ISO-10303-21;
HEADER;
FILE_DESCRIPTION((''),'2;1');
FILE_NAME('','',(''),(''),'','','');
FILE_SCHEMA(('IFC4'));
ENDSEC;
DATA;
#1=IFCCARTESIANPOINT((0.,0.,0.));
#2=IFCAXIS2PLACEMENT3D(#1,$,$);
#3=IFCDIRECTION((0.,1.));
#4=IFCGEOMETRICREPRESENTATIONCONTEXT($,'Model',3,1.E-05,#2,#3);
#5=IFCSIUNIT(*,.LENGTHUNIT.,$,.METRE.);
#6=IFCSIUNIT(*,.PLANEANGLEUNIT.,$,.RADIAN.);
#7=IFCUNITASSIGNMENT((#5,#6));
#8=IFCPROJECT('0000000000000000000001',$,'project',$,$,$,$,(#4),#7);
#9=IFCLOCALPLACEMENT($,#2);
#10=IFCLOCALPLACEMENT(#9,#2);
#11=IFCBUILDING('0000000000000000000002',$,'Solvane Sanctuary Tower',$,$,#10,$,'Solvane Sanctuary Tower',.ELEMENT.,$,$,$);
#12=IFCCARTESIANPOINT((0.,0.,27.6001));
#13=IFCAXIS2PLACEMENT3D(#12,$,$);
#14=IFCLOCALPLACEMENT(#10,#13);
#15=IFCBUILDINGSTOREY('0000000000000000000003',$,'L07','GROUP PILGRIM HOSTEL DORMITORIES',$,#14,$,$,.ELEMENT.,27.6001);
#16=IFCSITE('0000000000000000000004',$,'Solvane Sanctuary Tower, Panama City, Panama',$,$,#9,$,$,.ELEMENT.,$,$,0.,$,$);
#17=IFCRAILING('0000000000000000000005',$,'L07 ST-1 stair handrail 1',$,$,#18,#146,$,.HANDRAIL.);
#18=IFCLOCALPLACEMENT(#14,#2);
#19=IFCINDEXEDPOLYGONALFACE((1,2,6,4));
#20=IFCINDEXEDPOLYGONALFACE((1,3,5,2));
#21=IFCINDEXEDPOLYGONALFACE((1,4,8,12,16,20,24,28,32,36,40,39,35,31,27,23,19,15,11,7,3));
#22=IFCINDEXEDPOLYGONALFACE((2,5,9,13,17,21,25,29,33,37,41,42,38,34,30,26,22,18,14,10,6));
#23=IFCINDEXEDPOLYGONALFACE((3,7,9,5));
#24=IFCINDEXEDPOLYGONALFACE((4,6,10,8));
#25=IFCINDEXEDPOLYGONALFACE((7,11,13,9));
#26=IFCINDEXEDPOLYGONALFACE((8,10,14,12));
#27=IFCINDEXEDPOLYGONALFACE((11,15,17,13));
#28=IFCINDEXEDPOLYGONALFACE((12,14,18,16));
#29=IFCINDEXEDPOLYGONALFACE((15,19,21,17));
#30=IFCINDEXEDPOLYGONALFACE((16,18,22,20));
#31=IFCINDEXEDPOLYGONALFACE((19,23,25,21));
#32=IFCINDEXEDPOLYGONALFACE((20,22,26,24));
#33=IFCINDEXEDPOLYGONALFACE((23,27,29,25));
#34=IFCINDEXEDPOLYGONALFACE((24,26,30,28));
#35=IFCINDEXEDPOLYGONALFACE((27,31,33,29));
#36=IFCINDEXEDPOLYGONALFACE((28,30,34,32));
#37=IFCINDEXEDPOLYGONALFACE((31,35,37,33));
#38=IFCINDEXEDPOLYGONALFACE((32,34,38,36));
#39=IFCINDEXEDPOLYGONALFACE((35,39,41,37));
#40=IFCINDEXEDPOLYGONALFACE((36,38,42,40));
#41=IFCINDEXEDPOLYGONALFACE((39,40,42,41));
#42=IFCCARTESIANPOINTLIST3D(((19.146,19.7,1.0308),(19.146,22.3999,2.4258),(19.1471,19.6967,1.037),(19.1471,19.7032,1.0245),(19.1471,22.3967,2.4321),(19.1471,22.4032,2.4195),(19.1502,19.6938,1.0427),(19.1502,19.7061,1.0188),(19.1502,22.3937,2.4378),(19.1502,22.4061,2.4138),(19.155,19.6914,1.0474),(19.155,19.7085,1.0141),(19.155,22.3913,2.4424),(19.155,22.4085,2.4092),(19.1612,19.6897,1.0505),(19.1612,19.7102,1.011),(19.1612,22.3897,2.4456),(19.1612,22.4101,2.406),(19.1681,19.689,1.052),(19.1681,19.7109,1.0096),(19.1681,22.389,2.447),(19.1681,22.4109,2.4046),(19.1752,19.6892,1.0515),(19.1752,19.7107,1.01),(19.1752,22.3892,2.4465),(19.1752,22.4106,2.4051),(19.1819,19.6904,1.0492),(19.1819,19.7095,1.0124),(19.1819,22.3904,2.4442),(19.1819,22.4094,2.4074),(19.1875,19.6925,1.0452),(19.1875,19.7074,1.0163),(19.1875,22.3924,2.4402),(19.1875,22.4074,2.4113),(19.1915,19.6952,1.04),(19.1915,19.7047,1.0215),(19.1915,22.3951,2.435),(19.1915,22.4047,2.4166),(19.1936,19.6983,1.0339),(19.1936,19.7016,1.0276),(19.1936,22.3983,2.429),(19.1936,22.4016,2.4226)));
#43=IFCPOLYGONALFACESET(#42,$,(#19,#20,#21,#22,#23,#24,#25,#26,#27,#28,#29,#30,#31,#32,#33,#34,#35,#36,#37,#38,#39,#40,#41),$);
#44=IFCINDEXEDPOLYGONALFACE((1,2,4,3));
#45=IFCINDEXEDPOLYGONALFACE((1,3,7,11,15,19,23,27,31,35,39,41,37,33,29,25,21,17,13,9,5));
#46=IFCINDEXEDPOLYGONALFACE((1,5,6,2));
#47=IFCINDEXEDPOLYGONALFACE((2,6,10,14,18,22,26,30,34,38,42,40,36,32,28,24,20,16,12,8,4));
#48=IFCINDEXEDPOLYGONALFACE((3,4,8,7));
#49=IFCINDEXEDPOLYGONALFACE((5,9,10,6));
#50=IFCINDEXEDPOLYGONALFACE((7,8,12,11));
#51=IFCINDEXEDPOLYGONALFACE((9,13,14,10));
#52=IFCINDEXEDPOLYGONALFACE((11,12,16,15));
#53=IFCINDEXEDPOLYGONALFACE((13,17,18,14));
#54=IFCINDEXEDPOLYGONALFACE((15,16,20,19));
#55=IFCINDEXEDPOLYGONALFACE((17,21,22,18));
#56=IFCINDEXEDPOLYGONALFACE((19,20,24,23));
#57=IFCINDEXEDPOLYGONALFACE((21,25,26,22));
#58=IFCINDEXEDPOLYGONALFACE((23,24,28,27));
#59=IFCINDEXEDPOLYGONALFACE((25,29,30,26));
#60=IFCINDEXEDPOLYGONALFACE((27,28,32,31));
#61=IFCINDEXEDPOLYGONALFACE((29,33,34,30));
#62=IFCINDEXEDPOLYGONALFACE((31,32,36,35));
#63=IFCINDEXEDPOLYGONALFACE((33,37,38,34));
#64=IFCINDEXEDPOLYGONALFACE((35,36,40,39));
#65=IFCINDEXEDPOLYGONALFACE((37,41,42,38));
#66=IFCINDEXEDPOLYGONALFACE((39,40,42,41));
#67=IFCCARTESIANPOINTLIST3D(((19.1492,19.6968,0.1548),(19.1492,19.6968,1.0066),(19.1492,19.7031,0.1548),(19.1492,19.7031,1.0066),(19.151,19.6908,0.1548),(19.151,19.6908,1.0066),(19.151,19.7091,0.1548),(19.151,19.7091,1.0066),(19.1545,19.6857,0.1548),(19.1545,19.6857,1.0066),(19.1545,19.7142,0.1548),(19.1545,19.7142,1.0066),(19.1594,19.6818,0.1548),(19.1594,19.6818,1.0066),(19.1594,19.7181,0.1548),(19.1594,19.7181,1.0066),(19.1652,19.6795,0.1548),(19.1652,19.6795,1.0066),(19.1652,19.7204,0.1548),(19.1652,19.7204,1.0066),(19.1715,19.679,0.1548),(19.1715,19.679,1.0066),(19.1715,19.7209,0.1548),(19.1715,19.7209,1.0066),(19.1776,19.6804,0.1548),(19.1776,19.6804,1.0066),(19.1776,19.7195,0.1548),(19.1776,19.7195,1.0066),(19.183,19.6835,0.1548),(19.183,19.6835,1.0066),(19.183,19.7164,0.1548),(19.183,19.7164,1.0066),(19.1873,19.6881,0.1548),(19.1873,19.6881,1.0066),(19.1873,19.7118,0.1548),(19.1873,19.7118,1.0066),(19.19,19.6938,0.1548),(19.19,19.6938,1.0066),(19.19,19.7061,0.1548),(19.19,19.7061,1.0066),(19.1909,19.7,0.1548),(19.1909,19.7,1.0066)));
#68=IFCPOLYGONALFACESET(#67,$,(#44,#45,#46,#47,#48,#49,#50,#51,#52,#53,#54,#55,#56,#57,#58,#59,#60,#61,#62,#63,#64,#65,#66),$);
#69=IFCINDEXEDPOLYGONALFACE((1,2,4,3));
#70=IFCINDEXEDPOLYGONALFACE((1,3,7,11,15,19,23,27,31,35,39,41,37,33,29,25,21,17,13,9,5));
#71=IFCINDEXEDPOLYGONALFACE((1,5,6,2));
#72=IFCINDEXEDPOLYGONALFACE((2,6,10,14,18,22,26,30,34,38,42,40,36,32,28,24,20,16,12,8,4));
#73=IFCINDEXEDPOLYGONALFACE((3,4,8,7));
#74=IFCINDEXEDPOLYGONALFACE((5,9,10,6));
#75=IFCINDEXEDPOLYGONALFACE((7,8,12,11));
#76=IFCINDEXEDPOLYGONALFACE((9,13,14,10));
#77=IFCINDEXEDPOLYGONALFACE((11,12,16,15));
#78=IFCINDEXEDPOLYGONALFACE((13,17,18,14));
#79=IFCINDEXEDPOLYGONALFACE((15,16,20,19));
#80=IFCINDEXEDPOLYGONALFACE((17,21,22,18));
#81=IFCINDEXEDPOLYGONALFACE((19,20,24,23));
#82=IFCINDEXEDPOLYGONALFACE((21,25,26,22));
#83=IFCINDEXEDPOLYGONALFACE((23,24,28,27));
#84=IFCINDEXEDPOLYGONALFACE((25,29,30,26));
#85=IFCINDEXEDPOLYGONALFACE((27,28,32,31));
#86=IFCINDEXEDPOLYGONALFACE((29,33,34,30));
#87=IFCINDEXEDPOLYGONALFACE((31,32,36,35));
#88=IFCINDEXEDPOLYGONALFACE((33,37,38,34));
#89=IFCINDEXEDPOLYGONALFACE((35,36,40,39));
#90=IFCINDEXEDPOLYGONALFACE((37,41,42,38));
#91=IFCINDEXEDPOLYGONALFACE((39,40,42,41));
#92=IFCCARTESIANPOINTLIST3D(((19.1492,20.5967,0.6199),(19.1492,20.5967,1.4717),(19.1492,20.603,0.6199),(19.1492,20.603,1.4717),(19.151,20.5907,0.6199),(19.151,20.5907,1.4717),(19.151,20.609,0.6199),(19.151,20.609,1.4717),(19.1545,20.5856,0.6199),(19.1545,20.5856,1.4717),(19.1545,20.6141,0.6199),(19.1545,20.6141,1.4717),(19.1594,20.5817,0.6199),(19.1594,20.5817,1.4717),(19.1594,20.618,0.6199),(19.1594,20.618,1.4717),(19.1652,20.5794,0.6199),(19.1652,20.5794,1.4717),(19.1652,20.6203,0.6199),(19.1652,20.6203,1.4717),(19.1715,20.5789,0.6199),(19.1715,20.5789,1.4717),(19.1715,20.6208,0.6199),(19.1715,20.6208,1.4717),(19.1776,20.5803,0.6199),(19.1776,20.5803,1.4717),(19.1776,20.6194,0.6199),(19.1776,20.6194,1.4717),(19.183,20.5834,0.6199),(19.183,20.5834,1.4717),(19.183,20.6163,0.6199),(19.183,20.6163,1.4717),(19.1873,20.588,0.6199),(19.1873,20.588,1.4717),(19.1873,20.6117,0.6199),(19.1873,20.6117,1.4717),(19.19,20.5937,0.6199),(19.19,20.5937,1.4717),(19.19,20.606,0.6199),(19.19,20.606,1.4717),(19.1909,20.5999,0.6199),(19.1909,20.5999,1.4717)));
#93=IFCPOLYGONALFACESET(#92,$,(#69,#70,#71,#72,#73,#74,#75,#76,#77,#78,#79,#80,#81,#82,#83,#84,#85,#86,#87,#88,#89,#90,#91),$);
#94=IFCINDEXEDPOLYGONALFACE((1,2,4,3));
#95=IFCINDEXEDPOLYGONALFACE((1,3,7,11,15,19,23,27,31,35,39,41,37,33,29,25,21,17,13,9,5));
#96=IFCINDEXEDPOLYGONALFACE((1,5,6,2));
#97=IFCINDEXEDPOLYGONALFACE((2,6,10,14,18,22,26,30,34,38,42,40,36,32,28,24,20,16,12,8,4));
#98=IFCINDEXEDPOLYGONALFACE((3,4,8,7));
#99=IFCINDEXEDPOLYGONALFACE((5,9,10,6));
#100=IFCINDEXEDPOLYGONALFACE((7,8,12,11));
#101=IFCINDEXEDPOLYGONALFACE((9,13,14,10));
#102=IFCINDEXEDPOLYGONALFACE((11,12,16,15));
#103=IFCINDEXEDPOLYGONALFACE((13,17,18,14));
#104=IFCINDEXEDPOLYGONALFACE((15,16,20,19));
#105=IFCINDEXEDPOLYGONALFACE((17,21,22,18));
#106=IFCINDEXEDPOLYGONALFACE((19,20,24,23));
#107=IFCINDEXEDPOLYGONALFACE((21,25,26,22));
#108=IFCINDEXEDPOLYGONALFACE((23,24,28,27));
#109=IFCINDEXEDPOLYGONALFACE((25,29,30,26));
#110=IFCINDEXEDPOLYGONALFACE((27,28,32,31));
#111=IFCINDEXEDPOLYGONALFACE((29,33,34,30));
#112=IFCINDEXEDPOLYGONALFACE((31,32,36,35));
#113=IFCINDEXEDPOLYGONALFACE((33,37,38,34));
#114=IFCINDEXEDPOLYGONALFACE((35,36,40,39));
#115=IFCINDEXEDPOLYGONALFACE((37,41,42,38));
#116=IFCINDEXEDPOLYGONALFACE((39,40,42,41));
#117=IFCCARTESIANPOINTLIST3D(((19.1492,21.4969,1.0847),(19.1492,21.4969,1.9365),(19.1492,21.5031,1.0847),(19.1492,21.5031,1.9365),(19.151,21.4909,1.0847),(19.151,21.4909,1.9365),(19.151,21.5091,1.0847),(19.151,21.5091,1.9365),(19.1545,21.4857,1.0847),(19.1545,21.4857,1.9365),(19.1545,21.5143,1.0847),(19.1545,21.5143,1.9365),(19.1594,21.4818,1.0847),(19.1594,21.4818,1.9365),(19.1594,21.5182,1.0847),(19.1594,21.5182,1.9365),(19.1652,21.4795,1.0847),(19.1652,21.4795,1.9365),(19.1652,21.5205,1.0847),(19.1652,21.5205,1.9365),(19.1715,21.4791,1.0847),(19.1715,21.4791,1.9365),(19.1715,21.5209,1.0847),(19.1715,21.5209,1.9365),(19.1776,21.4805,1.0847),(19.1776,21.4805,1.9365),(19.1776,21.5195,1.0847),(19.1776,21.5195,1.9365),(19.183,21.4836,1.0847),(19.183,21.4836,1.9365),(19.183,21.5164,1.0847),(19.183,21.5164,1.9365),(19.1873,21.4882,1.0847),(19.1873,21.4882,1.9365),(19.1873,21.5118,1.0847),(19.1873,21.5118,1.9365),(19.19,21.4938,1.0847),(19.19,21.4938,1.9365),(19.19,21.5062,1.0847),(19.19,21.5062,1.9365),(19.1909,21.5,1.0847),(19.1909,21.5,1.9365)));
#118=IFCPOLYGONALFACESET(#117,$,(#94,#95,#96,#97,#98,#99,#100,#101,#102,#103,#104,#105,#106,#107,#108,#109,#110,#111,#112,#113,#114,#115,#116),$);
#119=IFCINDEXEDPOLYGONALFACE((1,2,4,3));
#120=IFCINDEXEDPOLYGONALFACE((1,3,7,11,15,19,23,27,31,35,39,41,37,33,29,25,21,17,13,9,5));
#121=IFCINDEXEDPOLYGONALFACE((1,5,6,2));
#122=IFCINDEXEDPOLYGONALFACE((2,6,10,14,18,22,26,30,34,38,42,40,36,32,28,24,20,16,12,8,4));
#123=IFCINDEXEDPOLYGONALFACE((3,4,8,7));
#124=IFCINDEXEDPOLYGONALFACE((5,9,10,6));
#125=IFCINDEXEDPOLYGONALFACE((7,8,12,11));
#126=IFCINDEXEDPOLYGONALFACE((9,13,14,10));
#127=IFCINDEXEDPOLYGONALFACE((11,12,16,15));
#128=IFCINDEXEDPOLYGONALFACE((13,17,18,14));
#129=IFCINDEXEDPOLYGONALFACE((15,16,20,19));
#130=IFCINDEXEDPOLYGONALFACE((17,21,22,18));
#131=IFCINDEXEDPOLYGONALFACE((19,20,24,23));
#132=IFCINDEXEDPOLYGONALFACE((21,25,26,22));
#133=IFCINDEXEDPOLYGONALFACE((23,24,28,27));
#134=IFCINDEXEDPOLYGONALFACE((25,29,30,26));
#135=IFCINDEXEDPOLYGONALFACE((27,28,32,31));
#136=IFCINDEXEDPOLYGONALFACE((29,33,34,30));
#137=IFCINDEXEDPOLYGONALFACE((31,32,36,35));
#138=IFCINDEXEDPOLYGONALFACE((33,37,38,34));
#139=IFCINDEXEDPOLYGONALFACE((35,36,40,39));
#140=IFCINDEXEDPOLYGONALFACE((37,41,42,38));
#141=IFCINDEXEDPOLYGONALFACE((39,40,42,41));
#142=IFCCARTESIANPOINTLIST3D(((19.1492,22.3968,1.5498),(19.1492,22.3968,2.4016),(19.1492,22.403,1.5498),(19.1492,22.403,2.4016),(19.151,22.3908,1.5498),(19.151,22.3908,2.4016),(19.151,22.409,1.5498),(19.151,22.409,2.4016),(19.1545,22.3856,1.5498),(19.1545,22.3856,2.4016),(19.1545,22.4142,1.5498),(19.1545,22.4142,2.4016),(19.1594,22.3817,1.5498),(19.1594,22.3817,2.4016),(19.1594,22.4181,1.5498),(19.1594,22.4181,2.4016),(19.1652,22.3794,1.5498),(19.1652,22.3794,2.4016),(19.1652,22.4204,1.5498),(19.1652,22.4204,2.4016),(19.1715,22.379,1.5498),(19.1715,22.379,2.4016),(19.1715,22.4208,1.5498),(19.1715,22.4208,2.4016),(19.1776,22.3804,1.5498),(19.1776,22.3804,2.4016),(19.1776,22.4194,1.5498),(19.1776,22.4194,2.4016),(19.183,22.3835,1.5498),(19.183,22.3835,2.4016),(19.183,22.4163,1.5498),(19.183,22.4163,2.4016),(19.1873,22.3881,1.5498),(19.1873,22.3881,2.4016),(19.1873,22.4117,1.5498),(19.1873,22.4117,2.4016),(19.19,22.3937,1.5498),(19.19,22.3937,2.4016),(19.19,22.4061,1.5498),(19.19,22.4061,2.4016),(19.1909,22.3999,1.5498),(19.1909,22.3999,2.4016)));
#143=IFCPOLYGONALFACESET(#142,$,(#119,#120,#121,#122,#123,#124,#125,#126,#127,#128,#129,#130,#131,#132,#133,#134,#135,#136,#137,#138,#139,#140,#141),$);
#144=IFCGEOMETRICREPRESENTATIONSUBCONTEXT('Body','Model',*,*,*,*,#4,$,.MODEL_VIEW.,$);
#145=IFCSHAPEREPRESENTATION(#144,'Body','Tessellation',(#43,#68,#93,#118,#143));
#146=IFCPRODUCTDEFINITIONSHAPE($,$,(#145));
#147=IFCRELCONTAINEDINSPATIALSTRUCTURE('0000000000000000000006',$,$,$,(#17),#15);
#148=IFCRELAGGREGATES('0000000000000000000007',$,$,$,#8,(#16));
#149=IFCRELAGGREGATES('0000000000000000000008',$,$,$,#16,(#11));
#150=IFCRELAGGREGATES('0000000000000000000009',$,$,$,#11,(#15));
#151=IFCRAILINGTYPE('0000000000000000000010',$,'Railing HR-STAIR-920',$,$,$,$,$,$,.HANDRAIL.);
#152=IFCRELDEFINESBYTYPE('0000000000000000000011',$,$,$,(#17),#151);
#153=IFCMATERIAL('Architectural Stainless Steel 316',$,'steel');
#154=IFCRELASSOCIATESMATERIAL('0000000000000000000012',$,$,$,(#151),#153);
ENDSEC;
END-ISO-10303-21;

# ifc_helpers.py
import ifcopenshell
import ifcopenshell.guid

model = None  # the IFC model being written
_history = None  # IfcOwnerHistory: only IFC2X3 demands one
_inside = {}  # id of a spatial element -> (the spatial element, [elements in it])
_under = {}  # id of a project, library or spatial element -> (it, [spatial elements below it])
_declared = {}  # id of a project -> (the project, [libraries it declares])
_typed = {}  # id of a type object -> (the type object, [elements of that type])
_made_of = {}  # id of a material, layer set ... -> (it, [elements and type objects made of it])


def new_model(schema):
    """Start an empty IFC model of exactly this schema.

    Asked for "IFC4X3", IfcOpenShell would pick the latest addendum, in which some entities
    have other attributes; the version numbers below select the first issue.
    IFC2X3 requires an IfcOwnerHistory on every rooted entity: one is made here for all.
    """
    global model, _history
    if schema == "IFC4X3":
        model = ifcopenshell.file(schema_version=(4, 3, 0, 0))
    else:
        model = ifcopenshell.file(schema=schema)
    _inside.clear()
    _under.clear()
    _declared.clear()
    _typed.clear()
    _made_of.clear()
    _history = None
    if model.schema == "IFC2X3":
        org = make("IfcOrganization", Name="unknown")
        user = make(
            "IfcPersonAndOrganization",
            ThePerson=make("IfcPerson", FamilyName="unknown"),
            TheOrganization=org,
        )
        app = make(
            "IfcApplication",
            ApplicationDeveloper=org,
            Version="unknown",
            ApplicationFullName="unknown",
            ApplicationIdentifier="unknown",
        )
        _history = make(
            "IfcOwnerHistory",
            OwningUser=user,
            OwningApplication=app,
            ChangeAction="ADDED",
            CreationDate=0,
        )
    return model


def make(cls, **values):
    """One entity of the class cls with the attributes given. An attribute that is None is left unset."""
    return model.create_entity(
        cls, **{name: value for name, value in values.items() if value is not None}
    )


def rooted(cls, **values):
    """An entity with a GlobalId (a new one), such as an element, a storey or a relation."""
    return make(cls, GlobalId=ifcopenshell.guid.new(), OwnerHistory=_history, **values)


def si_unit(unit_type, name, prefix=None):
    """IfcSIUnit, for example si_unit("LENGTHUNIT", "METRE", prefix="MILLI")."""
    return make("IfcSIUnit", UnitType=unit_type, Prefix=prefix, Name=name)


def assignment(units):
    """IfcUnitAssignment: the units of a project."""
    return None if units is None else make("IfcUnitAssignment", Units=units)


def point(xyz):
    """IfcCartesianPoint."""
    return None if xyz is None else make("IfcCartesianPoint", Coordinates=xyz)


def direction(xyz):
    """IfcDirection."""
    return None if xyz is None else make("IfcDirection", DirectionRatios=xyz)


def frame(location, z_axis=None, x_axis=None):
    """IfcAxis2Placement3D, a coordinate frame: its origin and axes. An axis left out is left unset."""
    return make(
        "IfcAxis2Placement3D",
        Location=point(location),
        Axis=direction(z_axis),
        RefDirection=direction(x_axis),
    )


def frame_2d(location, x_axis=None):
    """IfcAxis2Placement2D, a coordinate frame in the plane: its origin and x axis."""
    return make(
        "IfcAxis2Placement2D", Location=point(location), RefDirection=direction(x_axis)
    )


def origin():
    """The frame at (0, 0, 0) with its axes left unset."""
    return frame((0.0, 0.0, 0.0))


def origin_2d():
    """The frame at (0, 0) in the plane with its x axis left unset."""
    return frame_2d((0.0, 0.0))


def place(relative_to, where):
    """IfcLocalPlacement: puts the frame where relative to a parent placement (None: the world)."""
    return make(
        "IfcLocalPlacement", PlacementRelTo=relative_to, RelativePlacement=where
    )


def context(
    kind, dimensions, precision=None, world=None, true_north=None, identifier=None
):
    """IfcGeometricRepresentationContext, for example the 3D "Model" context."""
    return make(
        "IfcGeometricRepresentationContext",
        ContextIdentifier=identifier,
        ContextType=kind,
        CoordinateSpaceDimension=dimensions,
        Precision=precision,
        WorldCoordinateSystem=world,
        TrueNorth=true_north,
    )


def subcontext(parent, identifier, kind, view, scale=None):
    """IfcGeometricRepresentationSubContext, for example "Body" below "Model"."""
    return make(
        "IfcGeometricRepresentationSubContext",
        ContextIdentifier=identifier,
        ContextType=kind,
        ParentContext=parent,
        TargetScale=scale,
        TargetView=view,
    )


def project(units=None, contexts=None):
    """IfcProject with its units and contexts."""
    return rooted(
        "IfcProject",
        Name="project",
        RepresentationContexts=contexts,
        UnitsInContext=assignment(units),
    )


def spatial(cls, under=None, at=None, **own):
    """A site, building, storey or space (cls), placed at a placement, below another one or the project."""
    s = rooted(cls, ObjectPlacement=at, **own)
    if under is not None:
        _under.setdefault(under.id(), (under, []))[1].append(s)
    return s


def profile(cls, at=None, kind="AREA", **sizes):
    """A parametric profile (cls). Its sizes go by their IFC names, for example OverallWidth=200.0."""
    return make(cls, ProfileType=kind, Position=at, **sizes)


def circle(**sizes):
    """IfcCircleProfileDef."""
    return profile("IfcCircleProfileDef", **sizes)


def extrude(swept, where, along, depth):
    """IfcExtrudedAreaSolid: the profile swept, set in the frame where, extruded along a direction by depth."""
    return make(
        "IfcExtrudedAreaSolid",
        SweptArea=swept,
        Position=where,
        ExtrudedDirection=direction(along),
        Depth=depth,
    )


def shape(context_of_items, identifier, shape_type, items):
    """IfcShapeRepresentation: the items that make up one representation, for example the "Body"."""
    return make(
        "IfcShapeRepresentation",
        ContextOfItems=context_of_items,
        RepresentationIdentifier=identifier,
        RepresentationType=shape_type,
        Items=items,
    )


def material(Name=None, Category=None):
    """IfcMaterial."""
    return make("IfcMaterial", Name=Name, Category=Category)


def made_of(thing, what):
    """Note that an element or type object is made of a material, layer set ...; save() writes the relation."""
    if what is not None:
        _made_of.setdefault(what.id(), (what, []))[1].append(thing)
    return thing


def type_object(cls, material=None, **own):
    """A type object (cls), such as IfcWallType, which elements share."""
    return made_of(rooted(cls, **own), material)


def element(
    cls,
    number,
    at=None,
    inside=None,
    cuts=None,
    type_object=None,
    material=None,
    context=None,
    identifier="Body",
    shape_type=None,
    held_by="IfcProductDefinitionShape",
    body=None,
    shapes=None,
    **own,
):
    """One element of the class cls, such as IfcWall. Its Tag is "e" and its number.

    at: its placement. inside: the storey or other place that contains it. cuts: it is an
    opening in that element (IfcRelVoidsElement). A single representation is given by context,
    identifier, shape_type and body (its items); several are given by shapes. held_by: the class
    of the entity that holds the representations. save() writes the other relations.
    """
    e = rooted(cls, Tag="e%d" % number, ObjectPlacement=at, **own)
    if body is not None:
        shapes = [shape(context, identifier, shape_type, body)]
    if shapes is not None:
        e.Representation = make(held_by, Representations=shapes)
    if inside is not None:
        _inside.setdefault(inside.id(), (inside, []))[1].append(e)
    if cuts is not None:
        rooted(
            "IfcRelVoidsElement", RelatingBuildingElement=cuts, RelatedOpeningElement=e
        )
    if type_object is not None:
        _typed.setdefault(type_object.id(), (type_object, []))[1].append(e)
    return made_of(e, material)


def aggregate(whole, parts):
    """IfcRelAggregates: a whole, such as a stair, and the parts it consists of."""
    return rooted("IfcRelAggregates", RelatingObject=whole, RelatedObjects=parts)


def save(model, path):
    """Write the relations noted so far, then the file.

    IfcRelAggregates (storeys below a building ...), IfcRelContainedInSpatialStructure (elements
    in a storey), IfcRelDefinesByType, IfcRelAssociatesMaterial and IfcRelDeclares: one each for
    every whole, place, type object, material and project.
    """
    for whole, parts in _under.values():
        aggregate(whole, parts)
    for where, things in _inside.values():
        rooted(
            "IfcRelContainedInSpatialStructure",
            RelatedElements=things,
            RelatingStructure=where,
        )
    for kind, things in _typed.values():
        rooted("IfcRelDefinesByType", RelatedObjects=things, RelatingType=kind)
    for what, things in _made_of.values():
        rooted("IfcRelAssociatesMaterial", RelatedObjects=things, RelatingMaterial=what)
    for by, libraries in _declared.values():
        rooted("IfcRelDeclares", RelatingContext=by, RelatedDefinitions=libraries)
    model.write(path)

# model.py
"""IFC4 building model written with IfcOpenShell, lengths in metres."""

from ifc_helpers import new_model, si_unit, direction, frame, origin, origin_2d, place, context, subcontext, project, spatial, circle, extrude, material, type_object, element, save


model = new_model("IFC4")

# Units and contexts
model_context = context("Model", 3, precision=1e-05, world=origin(), true_north=direction((0.0, 1.0)))
body_context = subcontext(model_context, "Body", "Model", "MODEL_VIEW")
ifc_project = project(units=[si_unit("LENGTHUNIT", "METRE"), si_unit("PLANEANGLEUNIT", "RADIAN")], contexts=[model_context])

# Site, building, storey
site_placement = place(None, origin())
site = spatial("IfcSite", under=ifc_project, at=site_placement, Name="Solvane Sanctuary Tower, Panama City, Panama", CompositionType="ELEMENT", RefElevation=0.0)
building_placement = place(site_placement, origin())
building = spatial("IfcBuilding", under=site, at=building_placement, Name="Solvane Sanctuary Tower", LongName="Solvane Sanctuary Tower", CompositionType="ELEMENT")
storey_placement = place(building_placement, frame((0.0, 0.0, 27.6001)))
storey = spatial("IfcBuildingStorey", under=building, at=storey_placement, Name="L07", Description="GROUP PILGRIM HOSTEL DORMITORIES", CompositionType="ELEMENT", Elevation=27.6001)

# Shared definitions
ifc_material_1 = material(Name="Architectural Stainless Steel 316", Category="steel")

# Railing
railing_type = type_object("IfcRailingType", Name="Railing HR-STAIR-920", PredefinedType="HANDRAIL", material=ifc_material_1)
railing_placement = place(storey_placement, frame((19.1699, 19.7, 0.1548)))
element("IfcRailing", 1, at=railing_placement, inside=storey, type_object=railing_type, Name="L07 ST-1 stair handrail 1", PredefinedType="HANDRAIL", context=body_context, shape_type="SweptSolid", body=[
    extrude(circle(Radius=0.0239, at=origin_2d()), frame((0.0, 0.0, 0.876), z_axis=(0.0, 0.88842, 0.459032), x_axis=(-1.0, 0.0, 0.0)), (0.0, 0.0, 1.0), 3.0391),
    extrude(circle(Radius=0.021, at=origin_2d()), origin(), (0.0, 0.0, 1.0), 0.8518),
    extrude(circle(Radius=0.021, at=origin_2d()), frame((0.0, 0.8999, 0.4651)), (0.0, 0.0, 1.0), 0.8518),
    extrude(circle(Radius=0.021, at=origin_2d()), frame((0.0, 1.8, 0.9299)), (0.0, 0.0, 1.0), 0.8518),
    extrude(circle(Radius=0.021, at=origin_2d()), frame((0.0, 2.7, 1.395)), (0.0, 0.0, 1.0), 0.8518),
])

save(model, "model.ifc")
